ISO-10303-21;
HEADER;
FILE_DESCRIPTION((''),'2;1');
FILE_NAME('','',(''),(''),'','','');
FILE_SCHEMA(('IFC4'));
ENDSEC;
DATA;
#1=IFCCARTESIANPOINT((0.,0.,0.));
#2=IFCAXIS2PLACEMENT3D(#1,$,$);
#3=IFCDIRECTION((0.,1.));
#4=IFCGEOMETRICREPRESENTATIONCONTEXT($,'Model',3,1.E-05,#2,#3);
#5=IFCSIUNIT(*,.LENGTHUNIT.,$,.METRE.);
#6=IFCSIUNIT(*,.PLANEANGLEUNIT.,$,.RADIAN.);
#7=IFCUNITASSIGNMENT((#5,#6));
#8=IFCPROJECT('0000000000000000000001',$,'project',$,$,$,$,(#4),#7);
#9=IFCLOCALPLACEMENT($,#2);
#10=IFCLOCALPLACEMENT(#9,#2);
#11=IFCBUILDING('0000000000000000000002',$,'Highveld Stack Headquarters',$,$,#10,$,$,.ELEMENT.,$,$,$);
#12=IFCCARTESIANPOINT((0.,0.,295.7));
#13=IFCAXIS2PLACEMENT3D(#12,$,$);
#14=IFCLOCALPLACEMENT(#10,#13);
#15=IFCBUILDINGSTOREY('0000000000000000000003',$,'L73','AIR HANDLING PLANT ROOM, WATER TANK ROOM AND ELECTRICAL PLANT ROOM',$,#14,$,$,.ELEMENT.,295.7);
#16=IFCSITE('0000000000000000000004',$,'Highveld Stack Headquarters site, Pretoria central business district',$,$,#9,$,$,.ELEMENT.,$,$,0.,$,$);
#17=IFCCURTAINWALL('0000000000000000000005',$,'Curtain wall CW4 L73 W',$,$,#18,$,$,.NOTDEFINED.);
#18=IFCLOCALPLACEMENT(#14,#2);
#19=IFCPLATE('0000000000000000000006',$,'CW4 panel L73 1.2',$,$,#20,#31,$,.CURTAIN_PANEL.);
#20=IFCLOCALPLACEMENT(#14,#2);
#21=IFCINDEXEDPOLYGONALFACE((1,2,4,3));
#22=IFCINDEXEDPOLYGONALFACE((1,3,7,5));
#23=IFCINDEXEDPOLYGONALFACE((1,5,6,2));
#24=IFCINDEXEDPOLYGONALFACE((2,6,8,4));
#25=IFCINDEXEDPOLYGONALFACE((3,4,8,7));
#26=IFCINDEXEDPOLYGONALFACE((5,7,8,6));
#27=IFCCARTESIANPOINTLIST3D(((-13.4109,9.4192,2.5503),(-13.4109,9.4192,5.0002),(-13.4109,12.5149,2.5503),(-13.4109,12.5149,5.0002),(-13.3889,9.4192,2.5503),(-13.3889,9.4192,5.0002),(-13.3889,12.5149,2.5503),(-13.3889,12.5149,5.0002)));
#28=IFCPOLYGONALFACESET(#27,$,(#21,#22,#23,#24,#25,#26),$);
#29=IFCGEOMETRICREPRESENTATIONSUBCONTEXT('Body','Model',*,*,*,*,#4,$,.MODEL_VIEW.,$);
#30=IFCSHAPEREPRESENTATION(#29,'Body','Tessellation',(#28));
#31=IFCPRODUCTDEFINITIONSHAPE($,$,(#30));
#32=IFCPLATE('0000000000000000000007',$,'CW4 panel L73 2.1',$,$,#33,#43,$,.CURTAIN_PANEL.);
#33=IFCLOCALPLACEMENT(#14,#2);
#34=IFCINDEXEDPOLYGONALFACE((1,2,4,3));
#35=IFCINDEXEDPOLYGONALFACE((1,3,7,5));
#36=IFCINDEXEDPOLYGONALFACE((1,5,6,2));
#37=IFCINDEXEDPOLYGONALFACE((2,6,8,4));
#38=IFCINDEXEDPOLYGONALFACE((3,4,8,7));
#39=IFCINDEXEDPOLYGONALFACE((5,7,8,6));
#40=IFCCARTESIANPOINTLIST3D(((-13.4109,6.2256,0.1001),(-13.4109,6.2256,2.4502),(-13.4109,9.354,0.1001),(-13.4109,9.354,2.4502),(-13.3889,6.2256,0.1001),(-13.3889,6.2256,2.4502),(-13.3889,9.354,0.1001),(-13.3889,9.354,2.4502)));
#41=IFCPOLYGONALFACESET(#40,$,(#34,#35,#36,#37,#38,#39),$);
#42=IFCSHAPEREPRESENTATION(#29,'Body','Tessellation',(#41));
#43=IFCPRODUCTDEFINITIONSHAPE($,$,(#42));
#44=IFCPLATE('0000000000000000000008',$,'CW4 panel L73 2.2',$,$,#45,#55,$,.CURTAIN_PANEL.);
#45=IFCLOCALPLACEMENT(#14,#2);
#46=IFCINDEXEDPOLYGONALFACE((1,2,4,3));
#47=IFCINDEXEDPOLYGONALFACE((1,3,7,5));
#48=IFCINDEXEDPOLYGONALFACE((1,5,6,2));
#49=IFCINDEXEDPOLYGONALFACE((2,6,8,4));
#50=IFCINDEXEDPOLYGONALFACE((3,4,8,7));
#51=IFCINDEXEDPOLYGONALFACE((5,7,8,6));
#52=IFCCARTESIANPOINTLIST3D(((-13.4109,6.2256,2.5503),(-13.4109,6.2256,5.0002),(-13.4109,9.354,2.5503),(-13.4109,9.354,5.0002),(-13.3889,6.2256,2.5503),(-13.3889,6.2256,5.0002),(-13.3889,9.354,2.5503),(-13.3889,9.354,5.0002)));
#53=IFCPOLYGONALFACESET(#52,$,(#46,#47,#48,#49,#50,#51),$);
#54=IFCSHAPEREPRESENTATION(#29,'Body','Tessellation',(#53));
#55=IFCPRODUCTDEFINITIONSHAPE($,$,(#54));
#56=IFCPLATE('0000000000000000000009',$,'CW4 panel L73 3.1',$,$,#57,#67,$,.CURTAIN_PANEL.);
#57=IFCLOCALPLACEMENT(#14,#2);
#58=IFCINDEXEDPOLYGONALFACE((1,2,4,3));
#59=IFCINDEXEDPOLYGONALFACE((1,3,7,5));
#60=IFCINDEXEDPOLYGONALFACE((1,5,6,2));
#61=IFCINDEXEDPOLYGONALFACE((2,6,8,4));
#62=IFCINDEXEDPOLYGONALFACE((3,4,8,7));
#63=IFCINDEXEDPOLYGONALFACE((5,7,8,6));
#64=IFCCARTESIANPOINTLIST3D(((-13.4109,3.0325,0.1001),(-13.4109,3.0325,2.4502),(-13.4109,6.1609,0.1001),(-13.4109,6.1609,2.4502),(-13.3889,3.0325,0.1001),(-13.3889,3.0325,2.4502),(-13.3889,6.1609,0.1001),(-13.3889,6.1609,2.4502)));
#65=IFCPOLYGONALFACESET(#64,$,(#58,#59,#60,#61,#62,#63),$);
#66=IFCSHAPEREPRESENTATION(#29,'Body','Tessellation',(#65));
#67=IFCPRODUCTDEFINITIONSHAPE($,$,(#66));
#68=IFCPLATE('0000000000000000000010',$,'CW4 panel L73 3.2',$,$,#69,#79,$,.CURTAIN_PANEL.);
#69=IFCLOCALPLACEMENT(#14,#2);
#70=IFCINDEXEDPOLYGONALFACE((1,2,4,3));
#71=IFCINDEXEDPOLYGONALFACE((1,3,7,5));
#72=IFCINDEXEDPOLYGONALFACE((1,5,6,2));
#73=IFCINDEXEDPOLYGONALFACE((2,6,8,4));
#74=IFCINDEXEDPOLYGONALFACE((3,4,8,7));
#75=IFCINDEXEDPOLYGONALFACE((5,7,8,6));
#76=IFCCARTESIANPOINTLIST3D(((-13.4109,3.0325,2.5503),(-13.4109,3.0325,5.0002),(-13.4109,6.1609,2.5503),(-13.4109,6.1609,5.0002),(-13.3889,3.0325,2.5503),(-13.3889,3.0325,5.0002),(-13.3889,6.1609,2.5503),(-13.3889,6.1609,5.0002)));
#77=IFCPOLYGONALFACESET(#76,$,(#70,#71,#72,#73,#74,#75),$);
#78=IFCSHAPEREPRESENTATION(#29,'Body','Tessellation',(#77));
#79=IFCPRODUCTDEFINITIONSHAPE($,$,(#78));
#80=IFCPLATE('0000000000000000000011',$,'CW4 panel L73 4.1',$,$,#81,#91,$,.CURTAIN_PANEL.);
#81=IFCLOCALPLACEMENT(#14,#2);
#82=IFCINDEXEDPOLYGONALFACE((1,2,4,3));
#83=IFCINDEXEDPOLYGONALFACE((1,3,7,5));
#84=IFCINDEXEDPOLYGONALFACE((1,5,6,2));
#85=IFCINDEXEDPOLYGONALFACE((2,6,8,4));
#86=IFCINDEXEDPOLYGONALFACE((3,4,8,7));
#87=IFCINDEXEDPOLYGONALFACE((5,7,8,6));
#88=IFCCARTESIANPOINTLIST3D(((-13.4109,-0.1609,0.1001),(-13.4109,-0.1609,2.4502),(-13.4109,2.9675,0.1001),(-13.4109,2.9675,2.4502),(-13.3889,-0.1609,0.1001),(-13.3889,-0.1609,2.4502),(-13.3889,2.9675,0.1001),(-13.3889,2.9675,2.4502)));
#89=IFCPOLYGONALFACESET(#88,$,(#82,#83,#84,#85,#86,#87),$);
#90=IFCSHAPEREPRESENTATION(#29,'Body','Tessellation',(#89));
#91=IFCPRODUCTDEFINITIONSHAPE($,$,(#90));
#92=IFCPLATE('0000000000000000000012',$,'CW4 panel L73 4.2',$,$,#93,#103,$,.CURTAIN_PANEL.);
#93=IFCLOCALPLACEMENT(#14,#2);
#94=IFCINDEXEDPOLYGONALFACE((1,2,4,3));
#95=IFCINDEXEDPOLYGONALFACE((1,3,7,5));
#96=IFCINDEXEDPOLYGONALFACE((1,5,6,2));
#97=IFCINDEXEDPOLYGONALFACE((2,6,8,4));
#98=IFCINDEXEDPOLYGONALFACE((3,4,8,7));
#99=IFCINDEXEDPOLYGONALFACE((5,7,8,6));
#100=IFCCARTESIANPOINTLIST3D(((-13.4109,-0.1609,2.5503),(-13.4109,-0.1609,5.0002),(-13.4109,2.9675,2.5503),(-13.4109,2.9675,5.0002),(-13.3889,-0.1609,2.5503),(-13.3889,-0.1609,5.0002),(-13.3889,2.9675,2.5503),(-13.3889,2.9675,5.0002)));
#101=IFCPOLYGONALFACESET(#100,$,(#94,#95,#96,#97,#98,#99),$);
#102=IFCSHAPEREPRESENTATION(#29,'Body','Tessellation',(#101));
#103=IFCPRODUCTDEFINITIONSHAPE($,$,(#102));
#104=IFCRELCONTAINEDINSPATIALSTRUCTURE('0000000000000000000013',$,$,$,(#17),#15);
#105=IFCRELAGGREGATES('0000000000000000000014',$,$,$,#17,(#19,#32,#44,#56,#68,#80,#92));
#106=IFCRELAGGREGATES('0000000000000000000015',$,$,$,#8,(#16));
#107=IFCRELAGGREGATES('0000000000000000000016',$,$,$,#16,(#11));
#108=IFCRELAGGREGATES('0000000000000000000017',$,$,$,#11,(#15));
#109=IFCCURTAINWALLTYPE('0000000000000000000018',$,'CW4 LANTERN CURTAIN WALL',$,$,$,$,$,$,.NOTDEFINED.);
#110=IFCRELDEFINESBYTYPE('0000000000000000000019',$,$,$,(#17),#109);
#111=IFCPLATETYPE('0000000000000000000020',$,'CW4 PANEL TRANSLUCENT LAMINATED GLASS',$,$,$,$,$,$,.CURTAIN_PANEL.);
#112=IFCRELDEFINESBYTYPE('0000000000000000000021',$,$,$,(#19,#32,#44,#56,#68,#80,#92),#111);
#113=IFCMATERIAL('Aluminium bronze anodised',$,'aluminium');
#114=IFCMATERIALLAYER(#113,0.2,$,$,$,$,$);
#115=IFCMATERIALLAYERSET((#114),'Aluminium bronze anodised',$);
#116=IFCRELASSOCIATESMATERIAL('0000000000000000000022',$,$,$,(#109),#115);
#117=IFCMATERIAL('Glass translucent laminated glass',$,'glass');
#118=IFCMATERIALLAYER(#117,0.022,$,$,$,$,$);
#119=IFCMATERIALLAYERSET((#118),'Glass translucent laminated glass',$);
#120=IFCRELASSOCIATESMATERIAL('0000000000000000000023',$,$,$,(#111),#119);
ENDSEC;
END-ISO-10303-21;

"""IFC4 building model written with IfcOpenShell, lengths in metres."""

from ifc_helpers import new_model, si_unit, direction, frame, origin, origin_2d, place, context, subcontext, project, spatial, rectangle, extrude, material, layer, layer_set, type_object, element, aggregate, save


model = new_model("IFC4")

# Units and contexts
model_context = context("Model", 3, precision=1e-05, world=origin(), true_north=direction((0.0, 1.0)))
body_context = subcontext(model_context, "Body", "Model", "MODEL_VIEW")
ifc_project = project(units=[si_unit("LENGTHUNIT", "METRE"), si_unit("PLANEANGLEUNIT", "RADIAN")], contexts=[model_context])

# Site, building, storey
site_placement = place(None, origin())
site = spatial("IfcSite", under=ifc_project, at=site_placement, Name="Highveld Stack Headquarters site, Pretoria central business district", CompositionType="ELEMENT", RefElevation=0.0)
building_placement = place(site_placement, origin())
building = spatial("IfcBuilding", under=site, at=building_placement, Name="Highveld Stack Headquarters", CompositionType="ELEMENT")
storey_placement = place(building_placement, frame((0.0, 0.0, 295.7)))
storey = spatial("IfcBuildingStorey", under=building, at=storey_placement, Name="L73", Description="AIR HANDLING PLANT ROOM, WATER TANK ROOM AND ELECTRICAL PLANT ROOM", CompositionType="ELEMENT", Elevation=295.7)

# Curtain wall
ifc_material_1 = material(Name="Aluminium bronze anodised", Category="aluminium")
ifc_layer_1 = layer(ifc_material_1, 0.2)
ifc_layer_set_1 = layer_set([ifc_layer_1], Name="Aluminium bronze anodised")
curtain_wall_type = type_object("IfcCurtainWallType", Name="CW4 LANTERN CURTAIN WALL", PredefinedType="NOTDEFINED", material=ifc_layer_set_1)
curtain_wall_1_placement = place(storey_placement, origin())
curtain_wall_1 = element("IfcCurtainWall", 1, at=curtain_wall_1_placement, inside=storey, type_object=curtain_wall_type, Name="Curtain wall CW4 L73 W", PredefinedType="NOTDEFINED")

# Plates
ifc_material_2 = material(Name="Glass translucent laminated glass", Category="glass")
ifc_layer_2 = layer(ifc_material_2, 0.022)
ifc_layer_set_2 = layer_set([ifc_layer_2], Name="Glass translucent laminated glass")
plate_type = type_object("IfcPlateType", Name="CW4 PANEL TRANSLUCENT LAMINATED GLASS", PredefinedType="CURTAIN_PANEL", material=ifc_layer_set_2)
plate_1_placement = place(storey_placement, frame((-13.3999, 10.967, 2.5503), z_axis=(0.0, 0.0, 1.0), x_axis=(0.0, -1.0, 0.0)))
plate_1 = element("IfcPlate", 2, at=plate_1_placement, type_object=plate_type, Name="CW4 panel L73 1.2", PredefinedType="CURTAIN_PANEL", context=body_context, shape_type="SweptSolid", body=[
    extrude(rectangle(XDim=3.0957, YDim=0.022, at=origin_2d()), origin(), (0.0, 0.0, 1.0), 2.45),
])
plate_2_placement = place(storey_placement, frame((-13.3999, 7.7898, 0.1001), z_axis=(0.0, 0.0, 1.0), x_axis=(0.0, -1.0, 0.0)))
plate_2 = element("IfcPlate", 3, at=plate_2_placement, type_object=plate_type, Name="CW4 panel L73 2.1", PredefinedType="CURTAIN_PANEL", context=body_context, shape_type="SweptSolid", body=[
    extrude(rectangle(XDim=3.1284, YDim=0.022, at=origin_2d()), origin(), (0.0, 0.0, 1.0), 2.3501),
])
plate_3_placement = place(storey_placement, frame((-13.3999, 7.7898, 2.5503), z_axis=(0.0, 0.0, 1.0), x_axis=(0.0, -1.0, 0.0)))
plate_3 = element("IfcPlate", 4, at=plate_3_placement, type_object=plate_type, Name="CW4 panel L73 2.2", PredefinedType="CURTAIN_PANEL", context=body_context, shape_type="SweptSolid", body=[
    extrude(rectangle(XDim=3.1284, YDim=0.022, at=origin_2d()), origin(), (0.0, 0.0, 1.0), 2.45),
])
plate_4_placement = place(storey_placement, frame((-13.3999, 4.5967, 0.1001), z_axis=(0.0, 0.0, 1.0), x_axis=(0.0, -1.0, 0.0)))
plate_4 = element("IfcPlate", 5, at=plate_4_placement, type_object=plate_type, Name="CW4 panel L73 3.1", PredefinedType="CURTAIN_PANEL", context=body_context, shape_type="SweptSolid", body=[
    extrude(rectangle(XDim=3.1284, YDim=0.022, at=origin_2d()), origin(), (0.0, 0.0, 1.0), 2.3501),
])
plate_5_placement = place(storey_placement, frame((-13.3999, 4.5967, 2.5503), z_axis=(0.0, 0.0, 1.0), x_axis=(0.0, -1.0, 0.0)))
plate_5 = element("IfcPlate", 6, at=plate_5_placement, type_object=plate_type, Name="CW4 panel L73 3.2", PredefinedType="CURTAIN_PANEL", context=body_context, shape_type="SweptSolid", body=[
    extrude(rectangle(XDim=3.1284, YDim=0.022, at=origin_2d()), origin(), (0.0, 0.0, 1.0), 2.45),
])
plate_6_placement = place(storey_placement, frame((-13.3999, 1.4033, 0.1001), z_axis=(0.0, 0.0, 1.0), x_axis=(0.0, -1.0, 0.0)))
plate_6 = element("IfcPlate", 7, at=plate_6_placement, type_object=plate_type, Name="CW4 panel L73 4.1", PredefinedType="CURTAIN_PANEL", context=body_context, shape_type="SweptSolid", body=[
    extrude(rectangle(XDim=3.1284, YDim=0.022, at=origin_2d()), origin(), (0.0, 0.0, 1.0), 2.3501),
])
plate_7_placement = place(storey_placement, frame((-13.3999, 1.4033, 2.5503), z_axis=(0.0, 0.0, 1.0), x_axis=(0.0, -1.0, 0.0)))
plate_7 = element("IfcPlate", 8, at=plate_7_placement, type_object=plate_type, Name="CW4 panel L73 4.2", PredefinedType="CURTAIN_PANEL", context=body_context, shape_type="SweptSolid", body=[
    extrude(rectangle(XDim=3.1284, YDim=0.022, at=origin_2d()), origin(), (0.0, 0.0, 1.0), 2.45),
])
aggregate(curtain_wall_1, [plate_1, plate_2, plate_3, plate_4, plate_5, plate_6, plate_7])

save(model, "model.ifc")
